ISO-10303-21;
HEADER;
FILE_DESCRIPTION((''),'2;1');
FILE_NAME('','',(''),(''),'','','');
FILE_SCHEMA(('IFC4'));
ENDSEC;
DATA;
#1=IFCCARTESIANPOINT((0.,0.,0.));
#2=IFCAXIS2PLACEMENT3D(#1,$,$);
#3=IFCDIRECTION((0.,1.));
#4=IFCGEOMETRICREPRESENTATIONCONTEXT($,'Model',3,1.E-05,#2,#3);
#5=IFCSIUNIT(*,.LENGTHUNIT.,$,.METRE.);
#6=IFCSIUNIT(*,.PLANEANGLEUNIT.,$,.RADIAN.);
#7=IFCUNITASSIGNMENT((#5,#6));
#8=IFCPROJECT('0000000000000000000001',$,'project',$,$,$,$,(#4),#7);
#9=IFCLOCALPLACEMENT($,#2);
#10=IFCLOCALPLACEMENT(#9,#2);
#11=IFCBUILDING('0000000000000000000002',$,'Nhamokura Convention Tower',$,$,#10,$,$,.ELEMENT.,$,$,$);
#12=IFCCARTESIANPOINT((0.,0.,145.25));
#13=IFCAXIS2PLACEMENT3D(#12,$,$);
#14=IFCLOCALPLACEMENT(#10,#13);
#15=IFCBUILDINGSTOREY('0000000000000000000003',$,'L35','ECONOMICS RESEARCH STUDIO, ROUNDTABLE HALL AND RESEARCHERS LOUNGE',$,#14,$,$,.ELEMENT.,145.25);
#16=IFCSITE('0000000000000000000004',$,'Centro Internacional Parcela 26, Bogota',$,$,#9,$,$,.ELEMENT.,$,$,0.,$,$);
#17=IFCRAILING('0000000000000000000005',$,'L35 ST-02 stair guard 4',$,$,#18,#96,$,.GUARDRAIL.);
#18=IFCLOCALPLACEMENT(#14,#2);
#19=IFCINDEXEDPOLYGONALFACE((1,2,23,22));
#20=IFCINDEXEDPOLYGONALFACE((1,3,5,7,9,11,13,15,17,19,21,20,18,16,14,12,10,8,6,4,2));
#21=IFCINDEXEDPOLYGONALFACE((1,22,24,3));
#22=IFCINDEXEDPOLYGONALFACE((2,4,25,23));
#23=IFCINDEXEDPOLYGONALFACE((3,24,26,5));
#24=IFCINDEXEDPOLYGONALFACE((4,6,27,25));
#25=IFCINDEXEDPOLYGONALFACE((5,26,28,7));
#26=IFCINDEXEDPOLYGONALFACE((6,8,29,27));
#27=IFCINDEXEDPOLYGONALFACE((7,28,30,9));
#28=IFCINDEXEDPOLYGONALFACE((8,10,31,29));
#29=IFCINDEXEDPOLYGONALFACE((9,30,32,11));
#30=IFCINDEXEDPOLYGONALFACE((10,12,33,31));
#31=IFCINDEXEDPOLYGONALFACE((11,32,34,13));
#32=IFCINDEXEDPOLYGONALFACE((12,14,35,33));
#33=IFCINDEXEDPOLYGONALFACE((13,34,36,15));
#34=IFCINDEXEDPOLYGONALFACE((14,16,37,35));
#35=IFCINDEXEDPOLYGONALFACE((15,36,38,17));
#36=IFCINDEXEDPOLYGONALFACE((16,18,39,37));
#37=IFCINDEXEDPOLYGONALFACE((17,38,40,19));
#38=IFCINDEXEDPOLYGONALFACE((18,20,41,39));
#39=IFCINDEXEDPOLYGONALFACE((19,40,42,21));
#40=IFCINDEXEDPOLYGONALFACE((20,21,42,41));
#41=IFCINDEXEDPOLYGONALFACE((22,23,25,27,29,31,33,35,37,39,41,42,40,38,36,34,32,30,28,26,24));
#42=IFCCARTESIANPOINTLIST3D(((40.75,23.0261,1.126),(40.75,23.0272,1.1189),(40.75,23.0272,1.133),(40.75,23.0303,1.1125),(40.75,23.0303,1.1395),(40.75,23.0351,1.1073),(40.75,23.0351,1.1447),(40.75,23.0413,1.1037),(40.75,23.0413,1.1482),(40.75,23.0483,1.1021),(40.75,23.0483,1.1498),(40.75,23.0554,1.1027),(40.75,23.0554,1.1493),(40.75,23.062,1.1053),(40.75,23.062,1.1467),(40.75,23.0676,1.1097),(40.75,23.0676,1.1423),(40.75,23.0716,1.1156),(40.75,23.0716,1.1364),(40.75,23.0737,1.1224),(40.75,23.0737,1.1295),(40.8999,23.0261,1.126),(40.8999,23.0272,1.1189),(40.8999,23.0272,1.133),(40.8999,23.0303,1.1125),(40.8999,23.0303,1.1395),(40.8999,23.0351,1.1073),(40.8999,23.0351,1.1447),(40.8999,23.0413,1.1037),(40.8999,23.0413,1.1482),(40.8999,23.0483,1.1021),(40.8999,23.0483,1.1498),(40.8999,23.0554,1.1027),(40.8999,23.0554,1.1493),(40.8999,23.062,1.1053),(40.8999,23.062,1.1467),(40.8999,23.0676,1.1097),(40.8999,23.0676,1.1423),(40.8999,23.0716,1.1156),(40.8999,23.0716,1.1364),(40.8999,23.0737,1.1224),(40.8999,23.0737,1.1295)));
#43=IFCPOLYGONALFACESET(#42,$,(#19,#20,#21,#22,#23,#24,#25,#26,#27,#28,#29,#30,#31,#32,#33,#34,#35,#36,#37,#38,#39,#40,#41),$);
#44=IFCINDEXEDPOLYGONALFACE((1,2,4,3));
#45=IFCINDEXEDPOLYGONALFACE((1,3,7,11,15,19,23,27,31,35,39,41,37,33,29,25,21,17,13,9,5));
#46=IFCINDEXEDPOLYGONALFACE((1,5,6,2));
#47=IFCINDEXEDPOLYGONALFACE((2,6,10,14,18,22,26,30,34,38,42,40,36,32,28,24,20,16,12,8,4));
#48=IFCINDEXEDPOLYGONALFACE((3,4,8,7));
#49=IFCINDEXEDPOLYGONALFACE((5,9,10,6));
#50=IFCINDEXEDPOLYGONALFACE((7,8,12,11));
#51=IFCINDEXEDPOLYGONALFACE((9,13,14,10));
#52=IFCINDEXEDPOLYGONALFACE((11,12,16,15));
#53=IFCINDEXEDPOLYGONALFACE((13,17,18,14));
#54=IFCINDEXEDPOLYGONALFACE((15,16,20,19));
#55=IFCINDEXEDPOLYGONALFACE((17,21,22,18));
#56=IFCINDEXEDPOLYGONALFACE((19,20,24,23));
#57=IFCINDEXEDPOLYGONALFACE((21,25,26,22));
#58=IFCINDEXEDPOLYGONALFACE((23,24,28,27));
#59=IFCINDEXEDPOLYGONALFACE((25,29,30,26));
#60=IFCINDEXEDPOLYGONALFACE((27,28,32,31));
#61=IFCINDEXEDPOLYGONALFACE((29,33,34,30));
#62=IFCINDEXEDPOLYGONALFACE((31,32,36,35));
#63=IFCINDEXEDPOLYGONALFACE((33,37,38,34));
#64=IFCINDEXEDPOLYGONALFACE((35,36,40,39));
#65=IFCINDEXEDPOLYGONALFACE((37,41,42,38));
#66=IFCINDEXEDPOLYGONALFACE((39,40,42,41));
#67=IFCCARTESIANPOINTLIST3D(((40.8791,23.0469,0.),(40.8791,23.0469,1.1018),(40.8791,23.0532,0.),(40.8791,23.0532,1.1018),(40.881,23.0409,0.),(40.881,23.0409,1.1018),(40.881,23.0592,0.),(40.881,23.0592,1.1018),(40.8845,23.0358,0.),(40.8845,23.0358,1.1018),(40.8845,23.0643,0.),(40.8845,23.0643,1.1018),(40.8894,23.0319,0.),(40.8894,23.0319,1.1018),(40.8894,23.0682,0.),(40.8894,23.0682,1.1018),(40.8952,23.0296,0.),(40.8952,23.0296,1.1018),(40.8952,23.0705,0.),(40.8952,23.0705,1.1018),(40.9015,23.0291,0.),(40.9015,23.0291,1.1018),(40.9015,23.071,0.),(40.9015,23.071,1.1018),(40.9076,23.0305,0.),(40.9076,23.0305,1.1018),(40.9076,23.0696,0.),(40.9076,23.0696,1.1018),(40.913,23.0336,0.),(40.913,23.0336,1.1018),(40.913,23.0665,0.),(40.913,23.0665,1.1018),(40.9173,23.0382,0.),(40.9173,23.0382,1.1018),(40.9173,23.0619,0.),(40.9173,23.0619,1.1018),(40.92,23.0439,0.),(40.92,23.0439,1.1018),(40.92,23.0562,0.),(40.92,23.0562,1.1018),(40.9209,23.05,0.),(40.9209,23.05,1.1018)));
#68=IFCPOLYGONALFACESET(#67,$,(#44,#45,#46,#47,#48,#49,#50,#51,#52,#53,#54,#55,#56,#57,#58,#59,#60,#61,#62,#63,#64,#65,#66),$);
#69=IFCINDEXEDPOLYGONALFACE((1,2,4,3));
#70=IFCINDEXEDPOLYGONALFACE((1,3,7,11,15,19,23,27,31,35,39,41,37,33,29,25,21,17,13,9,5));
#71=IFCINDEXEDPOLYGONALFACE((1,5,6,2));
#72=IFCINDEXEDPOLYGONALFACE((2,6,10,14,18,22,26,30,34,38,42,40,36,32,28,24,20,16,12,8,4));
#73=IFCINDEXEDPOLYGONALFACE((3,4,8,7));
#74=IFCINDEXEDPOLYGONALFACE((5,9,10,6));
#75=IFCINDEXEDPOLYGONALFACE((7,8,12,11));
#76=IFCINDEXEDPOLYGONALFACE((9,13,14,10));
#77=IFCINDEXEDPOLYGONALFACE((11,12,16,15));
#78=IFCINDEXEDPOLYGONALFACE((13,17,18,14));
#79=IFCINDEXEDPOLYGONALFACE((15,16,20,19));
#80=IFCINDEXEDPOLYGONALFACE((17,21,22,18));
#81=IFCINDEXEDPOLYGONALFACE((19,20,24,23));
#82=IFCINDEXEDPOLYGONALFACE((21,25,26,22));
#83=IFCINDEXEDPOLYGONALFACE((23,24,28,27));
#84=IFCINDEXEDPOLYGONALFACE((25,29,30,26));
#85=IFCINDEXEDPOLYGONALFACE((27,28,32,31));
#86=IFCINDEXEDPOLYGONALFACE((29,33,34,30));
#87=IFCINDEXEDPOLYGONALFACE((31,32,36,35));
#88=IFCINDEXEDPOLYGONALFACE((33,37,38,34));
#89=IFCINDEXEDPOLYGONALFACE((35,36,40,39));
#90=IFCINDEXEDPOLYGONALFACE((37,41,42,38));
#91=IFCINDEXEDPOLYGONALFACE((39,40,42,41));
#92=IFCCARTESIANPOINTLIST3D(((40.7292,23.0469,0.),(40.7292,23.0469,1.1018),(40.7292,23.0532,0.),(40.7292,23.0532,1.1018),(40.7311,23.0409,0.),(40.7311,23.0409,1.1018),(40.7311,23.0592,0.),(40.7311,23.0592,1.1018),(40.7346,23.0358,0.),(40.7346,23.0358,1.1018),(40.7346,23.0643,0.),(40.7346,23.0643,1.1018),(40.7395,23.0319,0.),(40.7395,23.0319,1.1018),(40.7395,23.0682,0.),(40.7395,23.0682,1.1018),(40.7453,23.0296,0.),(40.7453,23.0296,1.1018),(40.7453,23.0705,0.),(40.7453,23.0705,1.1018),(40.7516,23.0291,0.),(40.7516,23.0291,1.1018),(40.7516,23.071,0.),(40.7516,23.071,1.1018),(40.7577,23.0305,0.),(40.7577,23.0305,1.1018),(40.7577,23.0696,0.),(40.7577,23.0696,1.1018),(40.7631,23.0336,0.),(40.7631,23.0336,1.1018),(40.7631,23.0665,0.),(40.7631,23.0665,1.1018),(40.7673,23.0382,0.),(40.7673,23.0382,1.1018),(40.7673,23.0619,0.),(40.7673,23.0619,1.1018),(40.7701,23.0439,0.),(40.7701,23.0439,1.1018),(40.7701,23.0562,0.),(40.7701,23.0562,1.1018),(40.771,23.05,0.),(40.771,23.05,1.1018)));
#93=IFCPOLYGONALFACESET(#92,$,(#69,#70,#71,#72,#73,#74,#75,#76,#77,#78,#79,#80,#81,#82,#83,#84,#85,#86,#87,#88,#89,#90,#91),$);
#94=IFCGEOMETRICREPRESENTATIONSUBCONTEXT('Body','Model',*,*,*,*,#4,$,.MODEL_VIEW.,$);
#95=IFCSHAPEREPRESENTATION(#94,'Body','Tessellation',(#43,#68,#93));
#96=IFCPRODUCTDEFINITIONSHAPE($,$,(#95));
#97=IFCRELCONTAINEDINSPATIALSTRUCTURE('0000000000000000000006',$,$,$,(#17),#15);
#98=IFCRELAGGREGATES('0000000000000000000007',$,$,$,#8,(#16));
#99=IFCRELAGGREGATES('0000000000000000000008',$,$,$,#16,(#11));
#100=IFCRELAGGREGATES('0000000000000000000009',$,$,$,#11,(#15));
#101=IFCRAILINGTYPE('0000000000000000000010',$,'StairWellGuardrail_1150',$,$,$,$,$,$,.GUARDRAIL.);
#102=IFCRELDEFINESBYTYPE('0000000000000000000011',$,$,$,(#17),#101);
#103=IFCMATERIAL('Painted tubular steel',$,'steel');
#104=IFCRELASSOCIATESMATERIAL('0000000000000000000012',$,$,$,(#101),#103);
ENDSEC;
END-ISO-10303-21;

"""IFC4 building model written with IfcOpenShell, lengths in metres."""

from ifc_helpers import new_model, si_unit, direction, frame, origin, origin_2d, place, context, subcontext, project, spatial, circle, extrude, material, type_object, element, save


model = new_model("IFC4")

# Units and contexts
model_context = context("Model", 3, precision=1e-05, world=origin(), true_north=direction((0.0, 1.0)))
body_context = subcontext(model_context, "Body", "Model", "MODEL_VIEW")
ifc_project = project(units=[si_unit("LENGTHUNIT", "METRE"), si_unit("PLANEANGLEUNIT", "RADIAN")], contexts=[model_context])

# Site, building, storey
site_placement = place(None, origin())
site = spatial("IfcSite", under=ifc_project, at=site_placement, Name="Centro Internacional Parcela 26, Bogota", CompositionType="ELEMENT", RefElevation=0.0)
building_placement = place(site_placement, origin())
building = spatial("IfcBuilding", under=site, at=building_placement, Name="Nhamokura Convention Tower", CompositionType="ELEMENT")
storey_placement = place(building_placement, frame((0.0, 0.0, 145.25)))
storey = spatial("IfcBuildingStorey", under=building, at=storey_placement, Name="L35", Description="ECONOMICS RESEARCH STUDIO, ROUNDTABLE HALL AND RESEARCHERS LOUNGE", CompositionType="ELEMENT", Elevation=145.25)

# Railing
ifc_material_1 = material(Name="Painted tubular steel", Category="steel")
railing_type_1 = type_object("IfcRailingType", Name="StairWellGuardrail_1150", PredefinedType="GUARDRAIL", material=ifc_material_1)
railing_1_placement = place(storey_placement, frame((40.8999, 23.05, 0.0)))
element("IfcRailing", 1, at=railing_1_placement, inside=storey, type_object=railing_type_1, Name="L35 ST-02 stair guard 4", PredefinedType="GUARDRAIL", context=body_context, shape_type="SweptSolid", body=[
    extrude(circle(Radius=0.0239, at=origin_2d()), frame((0.0, 0.0, 1.126), z_axis=(-1.0, 0.0, 0.0), x_axis=(0.0, -1.0, 0.0)), (0.0, 0.0, 1.0), 0.1499),
    extrude(circle(Radius=0.021, at=origin_2d()), origin(), (0.0, 0.0, 1.0), 1.1018),
    extrude(circle(Radius=0.021, at=origin_2d()), frame((-0.1499, 0.0, 0.0)), (0.0, 0.0, 1.0), 1.1018),
])

save(model, "model.ifc")
